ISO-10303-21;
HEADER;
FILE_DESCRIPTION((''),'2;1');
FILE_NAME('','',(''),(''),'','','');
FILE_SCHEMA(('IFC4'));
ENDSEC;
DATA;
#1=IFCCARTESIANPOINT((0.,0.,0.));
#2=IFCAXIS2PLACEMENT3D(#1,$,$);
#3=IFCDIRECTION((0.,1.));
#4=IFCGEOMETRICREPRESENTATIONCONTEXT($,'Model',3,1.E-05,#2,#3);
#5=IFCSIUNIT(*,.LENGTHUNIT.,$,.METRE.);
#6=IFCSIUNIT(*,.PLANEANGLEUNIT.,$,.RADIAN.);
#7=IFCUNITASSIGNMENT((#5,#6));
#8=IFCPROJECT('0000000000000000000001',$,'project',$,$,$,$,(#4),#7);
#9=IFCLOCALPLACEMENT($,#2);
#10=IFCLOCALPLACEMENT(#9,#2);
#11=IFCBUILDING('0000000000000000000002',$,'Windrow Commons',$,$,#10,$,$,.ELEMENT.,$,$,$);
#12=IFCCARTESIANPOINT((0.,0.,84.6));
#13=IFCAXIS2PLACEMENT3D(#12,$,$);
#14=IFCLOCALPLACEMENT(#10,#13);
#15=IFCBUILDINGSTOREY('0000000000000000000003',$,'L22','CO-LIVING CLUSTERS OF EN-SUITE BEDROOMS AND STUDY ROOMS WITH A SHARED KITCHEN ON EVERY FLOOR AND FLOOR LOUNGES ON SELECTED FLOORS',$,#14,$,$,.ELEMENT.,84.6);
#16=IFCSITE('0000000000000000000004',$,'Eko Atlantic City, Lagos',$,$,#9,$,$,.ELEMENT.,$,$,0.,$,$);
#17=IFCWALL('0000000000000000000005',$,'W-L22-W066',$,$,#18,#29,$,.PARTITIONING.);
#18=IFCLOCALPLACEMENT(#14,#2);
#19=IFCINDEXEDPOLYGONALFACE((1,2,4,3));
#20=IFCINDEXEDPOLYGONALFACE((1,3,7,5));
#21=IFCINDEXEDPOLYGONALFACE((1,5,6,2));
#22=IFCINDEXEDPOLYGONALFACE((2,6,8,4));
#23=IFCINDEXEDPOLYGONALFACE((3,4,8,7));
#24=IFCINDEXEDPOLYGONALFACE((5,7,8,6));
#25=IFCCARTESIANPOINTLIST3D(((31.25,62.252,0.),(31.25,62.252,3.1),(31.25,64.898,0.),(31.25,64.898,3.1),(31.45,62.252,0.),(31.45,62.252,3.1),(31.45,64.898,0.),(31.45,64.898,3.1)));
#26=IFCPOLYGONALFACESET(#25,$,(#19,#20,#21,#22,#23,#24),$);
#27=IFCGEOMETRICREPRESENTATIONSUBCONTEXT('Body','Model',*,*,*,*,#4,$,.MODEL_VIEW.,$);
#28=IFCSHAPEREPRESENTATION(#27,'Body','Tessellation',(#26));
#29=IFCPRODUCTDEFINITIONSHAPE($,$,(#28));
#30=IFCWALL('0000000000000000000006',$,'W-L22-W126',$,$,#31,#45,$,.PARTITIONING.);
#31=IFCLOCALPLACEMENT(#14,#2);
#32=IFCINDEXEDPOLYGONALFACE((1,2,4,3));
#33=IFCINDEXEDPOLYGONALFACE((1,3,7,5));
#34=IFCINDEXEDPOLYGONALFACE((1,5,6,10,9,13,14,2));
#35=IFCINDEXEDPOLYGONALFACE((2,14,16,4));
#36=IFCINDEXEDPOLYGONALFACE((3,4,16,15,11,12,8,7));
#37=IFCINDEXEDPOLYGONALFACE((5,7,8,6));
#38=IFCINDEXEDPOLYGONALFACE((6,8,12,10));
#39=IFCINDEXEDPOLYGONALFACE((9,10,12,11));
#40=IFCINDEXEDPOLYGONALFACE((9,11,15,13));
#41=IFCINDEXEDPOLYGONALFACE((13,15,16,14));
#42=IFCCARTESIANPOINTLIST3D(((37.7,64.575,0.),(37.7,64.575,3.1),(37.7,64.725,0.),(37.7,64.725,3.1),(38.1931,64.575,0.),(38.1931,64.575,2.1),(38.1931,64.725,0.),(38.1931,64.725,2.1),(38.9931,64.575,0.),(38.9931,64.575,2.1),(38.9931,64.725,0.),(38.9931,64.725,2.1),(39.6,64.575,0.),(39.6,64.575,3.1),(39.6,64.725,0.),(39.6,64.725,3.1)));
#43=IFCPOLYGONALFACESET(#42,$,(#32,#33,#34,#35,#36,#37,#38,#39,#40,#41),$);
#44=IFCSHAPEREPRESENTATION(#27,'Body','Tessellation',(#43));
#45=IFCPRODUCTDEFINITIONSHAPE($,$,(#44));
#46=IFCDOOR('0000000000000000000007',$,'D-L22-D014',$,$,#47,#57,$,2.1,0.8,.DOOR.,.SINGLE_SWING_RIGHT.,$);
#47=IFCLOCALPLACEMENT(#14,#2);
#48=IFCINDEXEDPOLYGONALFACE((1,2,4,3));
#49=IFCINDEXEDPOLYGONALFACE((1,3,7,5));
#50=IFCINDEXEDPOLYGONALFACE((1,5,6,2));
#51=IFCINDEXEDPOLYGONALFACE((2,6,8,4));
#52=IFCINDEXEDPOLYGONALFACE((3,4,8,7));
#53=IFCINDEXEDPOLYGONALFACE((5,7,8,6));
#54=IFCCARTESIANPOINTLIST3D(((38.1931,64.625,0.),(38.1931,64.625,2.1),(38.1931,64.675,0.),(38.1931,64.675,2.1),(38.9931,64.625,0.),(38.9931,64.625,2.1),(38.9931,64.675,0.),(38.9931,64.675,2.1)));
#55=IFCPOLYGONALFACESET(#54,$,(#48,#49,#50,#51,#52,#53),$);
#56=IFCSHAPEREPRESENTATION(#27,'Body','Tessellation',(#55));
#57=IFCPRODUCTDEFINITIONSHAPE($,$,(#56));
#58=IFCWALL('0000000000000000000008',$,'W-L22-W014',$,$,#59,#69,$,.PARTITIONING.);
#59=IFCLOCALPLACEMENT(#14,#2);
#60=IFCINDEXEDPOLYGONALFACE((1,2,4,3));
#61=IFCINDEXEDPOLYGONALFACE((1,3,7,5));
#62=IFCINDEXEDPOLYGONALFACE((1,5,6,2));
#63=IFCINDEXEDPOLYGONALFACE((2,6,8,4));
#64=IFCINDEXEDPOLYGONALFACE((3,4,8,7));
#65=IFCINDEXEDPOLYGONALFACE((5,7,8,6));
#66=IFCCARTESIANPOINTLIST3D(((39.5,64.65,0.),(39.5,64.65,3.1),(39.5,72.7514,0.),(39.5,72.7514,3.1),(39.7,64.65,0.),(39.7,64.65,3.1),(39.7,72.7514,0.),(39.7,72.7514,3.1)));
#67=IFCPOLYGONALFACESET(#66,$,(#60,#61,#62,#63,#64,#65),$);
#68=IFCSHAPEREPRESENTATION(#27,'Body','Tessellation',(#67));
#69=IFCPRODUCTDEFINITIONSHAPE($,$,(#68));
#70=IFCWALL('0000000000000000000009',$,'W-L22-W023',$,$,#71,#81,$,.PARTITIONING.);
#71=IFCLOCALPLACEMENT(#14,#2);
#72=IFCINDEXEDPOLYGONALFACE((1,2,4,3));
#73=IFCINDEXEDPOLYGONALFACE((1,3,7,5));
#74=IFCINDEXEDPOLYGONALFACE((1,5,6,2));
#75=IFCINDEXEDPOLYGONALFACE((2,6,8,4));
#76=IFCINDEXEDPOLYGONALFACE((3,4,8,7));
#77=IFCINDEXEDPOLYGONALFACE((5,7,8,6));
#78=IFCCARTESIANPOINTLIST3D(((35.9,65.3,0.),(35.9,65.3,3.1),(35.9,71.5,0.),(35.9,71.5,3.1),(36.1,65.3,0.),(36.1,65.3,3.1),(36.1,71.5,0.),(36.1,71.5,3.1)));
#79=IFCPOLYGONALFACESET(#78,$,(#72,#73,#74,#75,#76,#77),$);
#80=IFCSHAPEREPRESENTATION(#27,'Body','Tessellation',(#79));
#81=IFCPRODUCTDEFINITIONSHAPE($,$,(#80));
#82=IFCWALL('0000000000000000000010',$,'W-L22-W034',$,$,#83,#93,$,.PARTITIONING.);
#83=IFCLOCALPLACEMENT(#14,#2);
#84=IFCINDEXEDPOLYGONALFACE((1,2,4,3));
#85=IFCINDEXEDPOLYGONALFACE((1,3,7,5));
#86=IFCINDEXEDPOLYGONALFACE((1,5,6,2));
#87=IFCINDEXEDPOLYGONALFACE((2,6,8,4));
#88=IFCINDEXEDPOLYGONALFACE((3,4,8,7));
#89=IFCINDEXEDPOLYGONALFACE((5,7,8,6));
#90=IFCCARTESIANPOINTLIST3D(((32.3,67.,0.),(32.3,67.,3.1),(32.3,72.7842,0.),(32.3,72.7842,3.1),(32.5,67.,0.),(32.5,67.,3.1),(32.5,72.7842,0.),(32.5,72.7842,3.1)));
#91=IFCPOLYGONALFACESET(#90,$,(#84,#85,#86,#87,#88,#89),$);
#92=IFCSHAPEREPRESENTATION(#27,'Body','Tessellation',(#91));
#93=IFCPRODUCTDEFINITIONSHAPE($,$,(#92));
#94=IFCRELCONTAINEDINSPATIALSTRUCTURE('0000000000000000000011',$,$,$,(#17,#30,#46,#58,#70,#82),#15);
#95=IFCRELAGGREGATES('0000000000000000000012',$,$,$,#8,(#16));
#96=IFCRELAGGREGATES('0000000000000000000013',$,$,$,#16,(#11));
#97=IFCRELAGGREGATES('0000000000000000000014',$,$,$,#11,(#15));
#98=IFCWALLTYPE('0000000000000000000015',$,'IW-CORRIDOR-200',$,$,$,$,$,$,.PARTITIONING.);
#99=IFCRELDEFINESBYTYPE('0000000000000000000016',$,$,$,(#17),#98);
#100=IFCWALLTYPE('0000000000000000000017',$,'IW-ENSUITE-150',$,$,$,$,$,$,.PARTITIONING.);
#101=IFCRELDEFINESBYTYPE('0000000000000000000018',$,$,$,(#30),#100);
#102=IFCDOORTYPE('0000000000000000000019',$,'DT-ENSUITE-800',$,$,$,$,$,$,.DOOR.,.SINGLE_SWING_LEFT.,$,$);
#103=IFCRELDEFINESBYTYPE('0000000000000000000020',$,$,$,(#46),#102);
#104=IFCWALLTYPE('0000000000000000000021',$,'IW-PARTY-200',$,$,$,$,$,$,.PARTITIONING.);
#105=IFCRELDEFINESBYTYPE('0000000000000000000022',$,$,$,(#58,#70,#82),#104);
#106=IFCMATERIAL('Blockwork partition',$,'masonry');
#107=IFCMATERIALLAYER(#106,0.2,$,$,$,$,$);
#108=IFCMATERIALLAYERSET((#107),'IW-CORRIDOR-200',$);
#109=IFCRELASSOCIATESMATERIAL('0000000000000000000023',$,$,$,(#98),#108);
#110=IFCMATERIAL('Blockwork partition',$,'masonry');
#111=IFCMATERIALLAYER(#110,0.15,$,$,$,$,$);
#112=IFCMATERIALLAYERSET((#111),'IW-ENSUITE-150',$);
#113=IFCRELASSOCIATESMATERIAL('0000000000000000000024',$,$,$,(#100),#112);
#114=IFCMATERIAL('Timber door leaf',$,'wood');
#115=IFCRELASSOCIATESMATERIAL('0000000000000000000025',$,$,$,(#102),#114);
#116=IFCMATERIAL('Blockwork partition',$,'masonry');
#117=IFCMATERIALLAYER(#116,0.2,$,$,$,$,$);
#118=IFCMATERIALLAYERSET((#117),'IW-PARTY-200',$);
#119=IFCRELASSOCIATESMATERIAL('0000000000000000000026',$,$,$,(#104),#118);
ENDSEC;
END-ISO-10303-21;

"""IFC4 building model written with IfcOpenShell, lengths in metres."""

from ifc_helpers import new_model, si_unit, direction, frame, frame_2d, origin, place, context, subcontext, project, spatial, rectangle, extrude, material, layer, layer_set, type_object, element, fill, save


model = new_model("IFC4")

# Units and contexts
model_context = context("Model", 3, precision=1e-05, world=origin(), true_north=direction((0.0, 1.0)))
body_context = subcontext(model_context, "Body", "Model", "MODEL_VIEW")
ifc_project = project(units=[si_unit("LENGTHUNIT", "METRE"), si_unit("PLANEANGLEUNIT", "RADIAN")], contexts=[model_context])

# Site, building, storey
site_placement = place(None, origin())
site = spatial("IfcSite", under=ifc_project, at=site_placement, Name="Eko Atlantic City, Lagos", CompositionType="ELEMENT", RefElevation=0.0)
building_placement = place(site_placement, origin())
building = spatial("IfcBuilding", under=site, at=building_placement, Name="Windrow Commons", CompositionType="ELEMENT")
storey_placement = place(building_placement, frame((0.0, 0.0, 84.6)))
storey = spatial("IfcBuildingStorey", under=building, at=storey_placement, Name="L22", Description="CO-LIVING CLUSTERS OF EN-SUITE BEDROOMS AND STUDY ROOMS WITH A SHARED KITCHEN ON EVERY FLOOR AND FLOOR LOUNGES ON SELECTED FLOORS", CompositionType="ELEMENT", Elevation=84.6)

# Wall
ifc_material_1 = material(Name="Blockwork partition", Category="masonry")
ifc_layer_1 = layer(ifc_material_1, 0.2)
ifc_layer_set_1 = layer_set([ifc_layer_1], Name="IW-CORRIDOR-200")
wall_type_1 = type_object("IfcWallType", Name="IW-CORRIDOR-200", PredefinedType="PARTITIONING", material=ifc_layer_set_1)
wall_1_placement = place(storey_placement, frame((31.35, 62.252, 0.0), z_axis=(0.0, 0.0, 1.0), x_axis=(0.0, 1.0, 0.0)))
element("IfcWall", 1, at=wall_1_placement, inside=storey, type_object=wall_type_1, Name="W-L22-W066", PredefinedType="PARTITIONING", context=body_context, shape_type="SweptSolid", body=[
    extrude(rectangle(XDim=2.646, YDim=0.2, at=frame_2d((1.323, 0.0))), origin(), (0.0, 0.0, 1.0), 3.1),
])

# Wall, opening, door
ifc_material_2 = material(Name="Blockwork partition", Category="masonry")
ifc_layer_2 = layer(ifc_material_2, 0.15)
ifc_layer_set_2 = layer_set([ifc_layer_2], Name="IW-ENSUITE-150")
wall_type_2 = type_object("IfcWallType", Name="IW-ENSUITE-150", PredefinedType="PARTITIONING", material=ifc_layer_set_2)
wall_2_placement = place(storey_placement, frame((37.7, 64.65, 0.0), z_axis=(0.0, 0.0, 1.0), x_axis=(1.0, 0.0, 0.0)))
wall_2 = element("IfcWall", 2, at=wall_2_placement, inside=storey, type_object=wall_type_2, Name="W-L22-W126", PredefinedType="PARTITIONING", context=body_context, shape_type="SweptSolid", body=[
    extrude(rectangle(XDim=1.9, YDim=0.15, at=frame_2d((0.95, 0.0))), origin(), (0.0, 0.0, 1.0), 3.1),
])
opening_1_placement = place(wall_2_placement, frame((0.4931, 0.0, 0.0)))
opening_1 = element("IfcOpeningElement", 3, at=opening_1_placement, cuts=wall_2, PredefinedType="OPENING", context=body_context, shape_type="SweptSolid", body=[
    extrude(rectangle(XDim=0.8, YDim=2.1, at=frame_2d((0.4, 1.05))), frame((0.0, 0.085, 0.0), z_axis=(0.0, -1.0, 0.0), x_axis=(1.0, 0.0, 0.0)), (0.0, 0.0, 1.0), 0.17),
])
ifc_material_3 = material(Name="Timber door leaf", Category="wood")
door_type = type_object("IfcDoorType", Name="DT-ENSUITE-800", OperationType="SINGLE_SWING_LEFT", PredefinedType="DOOR", material=ifc_material_3)
door_placement = place(opening_1_placement, origin())
door = element("IfcDoor", 4, at=door_placement, inside=storey, type_object=door_type, Name="D-L22-D014", OperationType="SINGLE_SWING_RIGHT", OverallHeight=2.1, OverallWidth=0.8, PredefinedType="DOOR", context=body_context, shape_type="SweptSolid", body=[
    extrude(rectangle(XDim=0.8, YDim=2.1, at=frame_2d((0.4, 1.05))), frame((0.0, 0.025, 0.0), z_axis=(0.0, -1.0, 0.0), x_axis=(1.0, 0.0, 0.0)), (0.0, 0.0, 1.0), 0.05),
])
fill(opening_1, door)

# Walls
ifc_material_4 = material(Name="Blockwork partition", Category="masonry")
ifc_layer_3 = layer(ifc_material_4, 0.2)
ifc_layer_set_3 = layer_set([ifc_layer_3], Name="IW-PARTY-200")
wall_type_3 = type_object("IfcWallType", Name="IW-PARTY-200", PredefinedType="PARTITIONING", material=ifc_layer_set_3)
wall_3_placement = place(storey_placement, frame((39.6, 64.65, 0.0), z_axis=(0.0, 0.0, 1.0), x_axis=(0.0, 1.0, 0.0)))
element("IfcWall", 5, at=wall_3_placement, inside=storey, type_object=wall_type_3, Name="W-L22-W014", PredefinedType="PARTITIONING", context=body_context, shape_type="SweptSolid", body=[
    extrude(rectangle(XDim=8.1015, YDim=0.2, at=frame_2d((4.0507, 0.0))), origin(), (0.0, 0.0, 1.0), 3.1),
])
wall_4_placement = place(storey_placement, frame((36.0, 65.3, 0.0), z_axis=(0.0, 0.0, 1.0), x_axis=(0.0, 1.0, 0.0)))
element("IfcWall", 6, at=wall_4_placement, inside=storey, type_object=wall_type_3, Name="W-L22-W023", PredefinedType="PARTITIONING", context=body_context, shape_type="SweptSolid", body=[
    extrude(rectangle(XDim=6.2, YDim=0.2, at=frame_2d((3.1, 0.0))), origin(), (0.0, 0.0, 1.0), 3.1),
])
wall_5_placement = place(storey_placement, frame((32.4, 67.0, 0.0), z_axis=(0.0, 0.0, 1.0), x_axis=(0.0, 1.0, 0.0)))
element("IfcWall", 7, at=wall_5_placement, inside=storey, type_object=wall_type_3, Name="W-L22-W034", PredefinedType="PARTITIONING", context=body_context, shape_type="SweptSolid", body=[
    extrude(rectangle(XDim=5.7843, YDim=0.2, at=frame_2d((2.8921, 0.0))), origin(), (0.0, 0.0, 1.0), 3.1),
])

save(model, "model.ifc")
